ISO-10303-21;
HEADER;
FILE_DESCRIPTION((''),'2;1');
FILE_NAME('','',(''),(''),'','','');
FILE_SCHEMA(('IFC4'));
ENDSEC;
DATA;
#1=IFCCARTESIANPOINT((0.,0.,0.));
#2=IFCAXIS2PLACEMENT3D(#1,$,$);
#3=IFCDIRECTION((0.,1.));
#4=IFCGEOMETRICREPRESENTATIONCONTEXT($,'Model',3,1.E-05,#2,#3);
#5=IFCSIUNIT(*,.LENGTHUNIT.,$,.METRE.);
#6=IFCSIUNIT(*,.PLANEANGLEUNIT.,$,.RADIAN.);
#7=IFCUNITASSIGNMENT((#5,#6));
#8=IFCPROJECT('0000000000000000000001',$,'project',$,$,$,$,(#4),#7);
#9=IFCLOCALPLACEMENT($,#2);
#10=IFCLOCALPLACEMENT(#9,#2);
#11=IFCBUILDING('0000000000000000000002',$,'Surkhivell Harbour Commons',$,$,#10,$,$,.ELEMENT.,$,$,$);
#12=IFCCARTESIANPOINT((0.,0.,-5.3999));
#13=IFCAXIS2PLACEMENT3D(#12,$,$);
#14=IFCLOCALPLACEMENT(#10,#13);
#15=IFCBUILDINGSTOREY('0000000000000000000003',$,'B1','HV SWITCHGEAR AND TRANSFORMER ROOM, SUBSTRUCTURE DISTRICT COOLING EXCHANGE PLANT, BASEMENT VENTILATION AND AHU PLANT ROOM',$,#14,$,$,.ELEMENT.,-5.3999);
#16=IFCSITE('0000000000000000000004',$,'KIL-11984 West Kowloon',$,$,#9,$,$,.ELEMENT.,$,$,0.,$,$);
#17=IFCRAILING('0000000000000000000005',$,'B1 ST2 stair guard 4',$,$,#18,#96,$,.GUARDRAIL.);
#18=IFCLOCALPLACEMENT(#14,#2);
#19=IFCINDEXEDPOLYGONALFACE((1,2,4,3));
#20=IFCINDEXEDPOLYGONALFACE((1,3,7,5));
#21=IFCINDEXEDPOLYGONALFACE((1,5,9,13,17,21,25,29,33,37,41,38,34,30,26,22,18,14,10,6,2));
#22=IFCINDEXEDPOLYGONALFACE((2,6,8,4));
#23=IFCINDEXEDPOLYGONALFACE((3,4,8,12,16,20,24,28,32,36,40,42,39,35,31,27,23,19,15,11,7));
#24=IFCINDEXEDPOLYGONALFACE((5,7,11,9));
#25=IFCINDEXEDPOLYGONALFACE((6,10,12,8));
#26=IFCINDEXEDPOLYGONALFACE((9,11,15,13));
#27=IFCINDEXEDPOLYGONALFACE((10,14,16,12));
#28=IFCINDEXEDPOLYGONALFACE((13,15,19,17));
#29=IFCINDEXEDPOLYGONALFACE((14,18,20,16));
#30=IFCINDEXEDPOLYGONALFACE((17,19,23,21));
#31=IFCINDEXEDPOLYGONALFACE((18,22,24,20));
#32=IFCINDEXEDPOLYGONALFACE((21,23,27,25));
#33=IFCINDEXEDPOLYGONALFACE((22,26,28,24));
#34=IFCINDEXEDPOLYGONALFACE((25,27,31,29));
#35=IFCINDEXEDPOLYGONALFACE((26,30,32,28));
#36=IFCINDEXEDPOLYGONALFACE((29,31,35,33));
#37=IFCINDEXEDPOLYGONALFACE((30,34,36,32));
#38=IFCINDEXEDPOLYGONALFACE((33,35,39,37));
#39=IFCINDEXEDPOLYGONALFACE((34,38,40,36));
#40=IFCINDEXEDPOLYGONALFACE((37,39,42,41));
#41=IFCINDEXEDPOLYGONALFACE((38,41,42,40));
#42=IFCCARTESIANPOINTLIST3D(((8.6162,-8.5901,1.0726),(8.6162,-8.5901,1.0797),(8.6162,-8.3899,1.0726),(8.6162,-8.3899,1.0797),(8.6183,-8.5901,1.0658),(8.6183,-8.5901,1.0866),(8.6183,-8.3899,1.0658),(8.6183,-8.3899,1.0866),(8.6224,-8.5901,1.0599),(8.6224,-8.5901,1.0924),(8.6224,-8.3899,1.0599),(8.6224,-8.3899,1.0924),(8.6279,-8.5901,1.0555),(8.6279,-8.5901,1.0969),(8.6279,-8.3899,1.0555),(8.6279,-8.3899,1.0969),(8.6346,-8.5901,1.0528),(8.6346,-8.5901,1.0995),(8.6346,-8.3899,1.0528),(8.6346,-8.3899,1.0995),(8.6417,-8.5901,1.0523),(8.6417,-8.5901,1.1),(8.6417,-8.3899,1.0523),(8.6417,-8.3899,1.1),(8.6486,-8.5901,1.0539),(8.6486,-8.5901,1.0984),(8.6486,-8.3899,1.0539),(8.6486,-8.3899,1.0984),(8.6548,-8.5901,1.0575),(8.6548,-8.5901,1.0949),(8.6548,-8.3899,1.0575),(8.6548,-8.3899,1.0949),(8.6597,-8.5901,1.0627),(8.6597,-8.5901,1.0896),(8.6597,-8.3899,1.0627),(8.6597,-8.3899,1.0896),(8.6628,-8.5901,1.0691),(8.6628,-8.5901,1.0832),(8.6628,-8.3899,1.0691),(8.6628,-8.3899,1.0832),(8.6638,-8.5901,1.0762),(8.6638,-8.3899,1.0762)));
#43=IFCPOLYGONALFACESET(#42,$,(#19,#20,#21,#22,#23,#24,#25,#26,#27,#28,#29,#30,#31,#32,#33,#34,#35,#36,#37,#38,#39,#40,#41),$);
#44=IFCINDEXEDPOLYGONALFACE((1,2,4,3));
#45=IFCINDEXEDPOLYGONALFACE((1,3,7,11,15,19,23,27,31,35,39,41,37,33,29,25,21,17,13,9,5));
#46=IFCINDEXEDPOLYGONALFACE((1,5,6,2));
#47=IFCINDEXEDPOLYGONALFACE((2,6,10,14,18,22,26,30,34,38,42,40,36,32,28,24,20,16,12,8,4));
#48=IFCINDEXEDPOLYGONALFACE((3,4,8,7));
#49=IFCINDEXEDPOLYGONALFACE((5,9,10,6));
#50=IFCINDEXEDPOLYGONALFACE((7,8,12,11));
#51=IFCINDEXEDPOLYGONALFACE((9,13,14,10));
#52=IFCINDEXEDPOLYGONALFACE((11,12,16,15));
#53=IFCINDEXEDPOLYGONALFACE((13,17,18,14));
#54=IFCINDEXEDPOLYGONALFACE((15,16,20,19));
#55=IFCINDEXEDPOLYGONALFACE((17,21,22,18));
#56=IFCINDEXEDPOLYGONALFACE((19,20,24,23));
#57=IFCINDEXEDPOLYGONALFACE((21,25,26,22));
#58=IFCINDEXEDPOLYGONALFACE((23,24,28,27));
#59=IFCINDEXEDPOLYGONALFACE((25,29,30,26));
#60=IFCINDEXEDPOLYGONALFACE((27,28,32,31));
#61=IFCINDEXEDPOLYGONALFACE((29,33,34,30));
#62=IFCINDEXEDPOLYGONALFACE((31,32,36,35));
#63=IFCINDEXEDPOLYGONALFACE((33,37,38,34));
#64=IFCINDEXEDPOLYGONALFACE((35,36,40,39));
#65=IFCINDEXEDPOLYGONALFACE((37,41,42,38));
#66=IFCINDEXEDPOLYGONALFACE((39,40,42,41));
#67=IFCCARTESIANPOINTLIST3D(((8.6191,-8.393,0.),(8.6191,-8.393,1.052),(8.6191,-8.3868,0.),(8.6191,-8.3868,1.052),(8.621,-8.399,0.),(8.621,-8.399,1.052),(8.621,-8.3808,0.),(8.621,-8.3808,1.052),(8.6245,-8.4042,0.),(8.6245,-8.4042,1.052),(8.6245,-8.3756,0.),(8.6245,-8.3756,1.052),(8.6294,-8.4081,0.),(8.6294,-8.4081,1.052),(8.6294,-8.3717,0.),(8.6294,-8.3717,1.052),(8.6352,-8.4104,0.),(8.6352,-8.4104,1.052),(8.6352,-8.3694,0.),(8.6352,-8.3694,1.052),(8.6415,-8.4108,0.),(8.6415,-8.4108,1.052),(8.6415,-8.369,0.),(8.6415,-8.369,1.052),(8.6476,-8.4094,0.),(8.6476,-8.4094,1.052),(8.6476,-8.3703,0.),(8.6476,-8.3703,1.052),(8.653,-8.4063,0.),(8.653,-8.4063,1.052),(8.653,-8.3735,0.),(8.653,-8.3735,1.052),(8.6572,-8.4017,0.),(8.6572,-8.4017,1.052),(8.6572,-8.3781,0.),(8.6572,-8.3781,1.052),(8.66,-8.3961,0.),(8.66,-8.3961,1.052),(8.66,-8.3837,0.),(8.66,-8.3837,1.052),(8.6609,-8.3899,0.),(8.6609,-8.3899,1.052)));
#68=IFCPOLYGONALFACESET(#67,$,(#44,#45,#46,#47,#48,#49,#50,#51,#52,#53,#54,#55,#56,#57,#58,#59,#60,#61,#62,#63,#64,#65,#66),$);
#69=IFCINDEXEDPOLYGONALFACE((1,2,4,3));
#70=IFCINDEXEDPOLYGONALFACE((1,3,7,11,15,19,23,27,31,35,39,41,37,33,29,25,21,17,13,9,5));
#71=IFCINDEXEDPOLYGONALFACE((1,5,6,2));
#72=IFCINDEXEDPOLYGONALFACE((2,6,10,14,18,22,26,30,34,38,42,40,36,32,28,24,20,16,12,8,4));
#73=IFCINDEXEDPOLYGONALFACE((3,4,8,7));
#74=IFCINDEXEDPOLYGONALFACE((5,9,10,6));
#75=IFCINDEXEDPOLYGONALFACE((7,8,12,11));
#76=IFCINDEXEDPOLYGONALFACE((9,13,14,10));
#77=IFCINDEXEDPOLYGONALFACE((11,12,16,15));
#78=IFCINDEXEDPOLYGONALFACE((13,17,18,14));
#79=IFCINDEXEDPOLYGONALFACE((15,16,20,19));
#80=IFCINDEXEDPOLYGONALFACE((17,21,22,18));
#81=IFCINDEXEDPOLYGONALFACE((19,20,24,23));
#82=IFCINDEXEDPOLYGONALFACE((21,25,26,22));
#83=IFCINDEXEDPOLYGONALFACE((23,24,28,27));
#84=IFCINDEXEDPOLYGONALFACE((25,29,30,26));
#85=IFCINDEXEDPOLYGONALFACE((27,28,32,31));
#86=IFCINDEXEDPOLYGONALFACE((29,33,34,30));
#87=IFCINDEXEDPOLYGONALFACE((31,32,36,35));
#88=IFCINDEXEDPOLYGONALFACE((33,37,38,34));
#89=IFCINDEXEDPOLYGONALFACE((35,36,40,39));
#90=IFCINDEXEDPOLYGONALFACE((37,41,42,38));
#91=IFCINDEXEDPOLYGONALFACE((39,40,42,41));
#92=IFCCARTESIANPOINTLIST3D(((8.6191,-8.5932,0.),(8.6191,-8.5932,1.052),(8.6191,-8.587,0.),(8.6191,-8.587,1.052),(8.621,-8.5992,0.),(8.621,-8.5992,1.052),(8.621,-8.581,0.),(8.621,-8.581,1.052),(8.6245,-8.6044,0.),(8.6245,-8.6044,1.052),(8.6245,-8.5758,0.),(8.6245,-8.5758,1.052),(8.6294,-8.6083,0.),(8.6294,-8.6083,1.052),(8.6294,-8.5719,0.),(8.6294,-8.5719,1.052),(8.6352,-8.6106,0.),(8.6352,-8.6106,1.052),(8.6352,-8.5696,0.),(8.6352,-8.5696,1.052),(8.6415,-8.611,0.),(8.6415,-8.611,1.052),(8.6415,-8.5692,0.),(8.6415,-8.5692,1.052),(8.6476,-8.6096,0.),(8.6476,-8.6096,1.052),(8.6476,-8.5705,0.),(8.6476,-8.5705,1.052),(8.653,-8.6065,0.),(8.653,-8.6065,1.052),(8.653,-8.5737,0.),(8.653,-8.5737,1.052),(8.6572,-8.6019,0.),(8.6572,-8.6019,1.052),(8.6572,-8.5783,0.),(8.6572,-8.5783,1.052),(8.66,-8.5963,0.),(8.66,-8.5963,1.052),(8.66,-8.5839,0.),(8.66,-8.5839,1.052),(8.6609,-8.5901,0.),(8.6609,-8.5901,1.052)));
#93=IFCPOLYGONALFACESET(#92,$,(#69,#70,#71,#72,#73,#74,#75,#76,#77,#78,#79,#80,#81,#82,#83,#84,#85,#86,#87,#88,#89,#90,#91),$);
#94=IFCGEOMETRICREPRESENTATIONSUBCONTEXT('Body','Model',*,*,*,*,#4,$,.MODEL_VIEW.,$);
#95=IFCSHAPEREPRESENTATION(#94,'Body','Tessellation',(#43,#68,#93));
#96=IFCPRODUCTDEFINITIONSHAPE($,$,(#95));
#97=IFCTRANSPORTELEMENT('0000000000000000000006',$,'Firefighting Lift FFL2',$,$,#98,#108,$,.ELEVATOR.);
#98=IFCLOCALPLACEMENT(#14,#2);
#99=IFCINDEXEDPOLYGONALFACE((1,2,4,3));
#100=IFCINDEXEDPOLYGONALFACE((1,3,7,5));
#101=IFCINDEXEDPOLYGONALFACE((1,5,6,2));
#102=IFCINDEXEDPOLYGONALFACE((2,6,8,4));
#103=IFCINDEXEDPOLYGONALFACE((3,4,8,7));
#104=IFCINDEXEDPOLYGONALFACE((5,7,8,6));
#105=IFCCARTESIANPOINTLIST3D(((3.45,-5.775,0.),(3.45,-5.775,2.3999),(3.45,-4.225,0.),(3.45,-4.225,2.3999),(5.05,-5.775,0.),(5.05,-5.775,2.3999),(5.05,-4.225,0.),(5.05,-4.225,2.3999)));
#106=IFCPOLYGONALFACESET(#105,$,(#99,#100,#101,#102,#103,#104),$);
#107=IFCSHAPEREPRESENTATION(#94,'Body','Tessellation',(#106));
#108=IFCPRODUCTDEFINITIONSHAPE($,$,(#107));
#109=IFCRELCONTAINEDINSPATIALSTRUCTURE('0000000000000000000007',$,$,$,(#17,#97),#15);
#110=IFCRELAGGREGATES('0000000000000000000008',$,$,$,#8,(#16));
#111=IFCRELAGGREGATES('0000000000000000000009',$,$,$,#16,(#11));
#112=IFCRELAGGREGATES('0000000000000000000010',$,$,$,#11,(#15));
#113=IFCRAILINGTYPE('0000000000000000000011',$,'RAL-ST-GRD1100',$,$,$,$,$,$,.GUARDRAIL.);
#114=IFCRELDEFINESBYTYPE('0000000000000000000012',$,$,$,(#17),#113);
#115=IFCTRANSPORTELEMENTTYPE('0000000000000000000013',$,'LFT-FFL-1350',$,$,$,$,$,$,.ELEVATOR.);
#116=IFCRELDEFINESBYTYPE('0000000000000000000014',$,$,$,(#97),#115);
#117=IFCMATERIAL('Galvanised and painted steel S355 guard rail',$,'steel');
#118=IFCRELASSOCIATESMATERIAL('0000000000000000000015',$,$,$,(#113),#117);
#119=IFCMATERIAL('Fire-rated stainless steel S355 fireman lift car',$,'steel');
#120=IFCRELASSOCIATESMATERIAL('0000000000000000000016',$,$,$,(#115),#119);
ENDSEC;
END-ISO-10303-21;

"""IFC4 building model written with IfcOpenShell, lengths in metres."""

from ifc_helpers import new_model, si_unit, direction, frame, origin, origin_2d, place, context, subcontext, project, spatial, rectangle, circle, extrude, material, type_object, element, save


model = new_model("IFC4")

# Units and contexts
model_context = context("Model", 3, precision=1e-05, world=origin(), true_north=direction((0.0, 1.0)))
body_context = subcontext(model_context, "Body", "Model", "MODEL_VIEW")
ifc_project = project(units=[si_unit("LENGTHUNIT", "METRE"), si_unit("PLANEANGLEUNIT", "RADIAN")], contexts=[model_context])

# Site, building, storey
site_placement = place(None, origin())
site = spatial("IfcSite", under=ifc_project, at=site_placement, Name="KIL-11984 West Kowloon", CompositionType="ELEMENT", RefElevation=0.0)
building_placement = place(site_placement, origin())
building = spatial("IfcBuilding", under=site, at=building_placement, Name="Surkhivell Harbour Commons", CompositionType="ELEMENT")
storey_placement = place(building_placement, frame((0.0, 0.0, -5.3999)))
storey = spatial("IfcBuildingStorey", under=building, at=storey_placement, Name="B1", Description="HV SWITCHGEAR AND TRANSFORMER ROOM, SUBSTRUCTURE DISTRICT COOLING EXCHANGE PLANT, BASEMENT VENTILATION AND AHU PLANT ROOM", CompositionType="ELEMENT", Elevation=-5.3999)

# Railing
ifc_material_1 = material(Name="Galvanised and painted steel S355 guard rail", Category="steel")
railing_type_1 = type_object("IfcRailingType", Name="RAL-ST-GRD1100", PredefinedType="GUARDRAIL", material=ifc_material_1)
railing_1_placement = place(storey_placement, frame((8.6399, -8.3899, 0.0)))
element("IfcRailing", 1, at=railing_1_placement, inside=storey, type_object=railing_type_1, Name="B1 ST2 stair guard 4", PredefinedType="GUARDRAIL", context=body_context, shape_type="SweptSolid", body=[
    extrude(circle(Radius=0.0239, at=origin_2d()), frame((0.0, 0.0, 1.0762), z_axis=(0.0, -1.0, 0.0), x_axis=(1.0, 0.0, 0.0)), (0.0, 0.0, 1.0), 0.2002),
    extrude(circle(Radius=0.021, at=origin_2d()), origin(), (0.0, 0.0, 1.0), 1.052),
    extrude(circle(Radius=0.021, at=origin_2d()), frame((0.0, -0.2002, 0.0)), (0.0, 0.0, 1.0), 1.052),
])

# Transport element
ifc_material_2 = material(Name="Fire-rated stainless steel S355 fireman lift car", Category="steel")
transport_element_type = type_object("IfcTransportElementType", Name="LFT-FFL-1350", PredefinedType="ELEVATOR", material=ifc_material_2)
transport_element_placement = place(storey_placement, frame((4.25, -5.0, 0.0), z_axis=(0.0, 0.0, 1.0), x_axis=(1.0, 0.0, 0.0)))
element("IfcTransportElement", 2, at=transport_element_placement, inside=storey, type_object=transport_element_type, Name="Firefighting Lift FFL2", PredefinedType="ELEVATOR", context=body_context, shape_type="SweptSolid", body=[
    extrude(rectangle(XDim=1.6001, YDim=1.55, at=origin_2d()), origin(), (0.0, 0.0, 1.0), 2.3999),
])

save(model, "model.ifc")
